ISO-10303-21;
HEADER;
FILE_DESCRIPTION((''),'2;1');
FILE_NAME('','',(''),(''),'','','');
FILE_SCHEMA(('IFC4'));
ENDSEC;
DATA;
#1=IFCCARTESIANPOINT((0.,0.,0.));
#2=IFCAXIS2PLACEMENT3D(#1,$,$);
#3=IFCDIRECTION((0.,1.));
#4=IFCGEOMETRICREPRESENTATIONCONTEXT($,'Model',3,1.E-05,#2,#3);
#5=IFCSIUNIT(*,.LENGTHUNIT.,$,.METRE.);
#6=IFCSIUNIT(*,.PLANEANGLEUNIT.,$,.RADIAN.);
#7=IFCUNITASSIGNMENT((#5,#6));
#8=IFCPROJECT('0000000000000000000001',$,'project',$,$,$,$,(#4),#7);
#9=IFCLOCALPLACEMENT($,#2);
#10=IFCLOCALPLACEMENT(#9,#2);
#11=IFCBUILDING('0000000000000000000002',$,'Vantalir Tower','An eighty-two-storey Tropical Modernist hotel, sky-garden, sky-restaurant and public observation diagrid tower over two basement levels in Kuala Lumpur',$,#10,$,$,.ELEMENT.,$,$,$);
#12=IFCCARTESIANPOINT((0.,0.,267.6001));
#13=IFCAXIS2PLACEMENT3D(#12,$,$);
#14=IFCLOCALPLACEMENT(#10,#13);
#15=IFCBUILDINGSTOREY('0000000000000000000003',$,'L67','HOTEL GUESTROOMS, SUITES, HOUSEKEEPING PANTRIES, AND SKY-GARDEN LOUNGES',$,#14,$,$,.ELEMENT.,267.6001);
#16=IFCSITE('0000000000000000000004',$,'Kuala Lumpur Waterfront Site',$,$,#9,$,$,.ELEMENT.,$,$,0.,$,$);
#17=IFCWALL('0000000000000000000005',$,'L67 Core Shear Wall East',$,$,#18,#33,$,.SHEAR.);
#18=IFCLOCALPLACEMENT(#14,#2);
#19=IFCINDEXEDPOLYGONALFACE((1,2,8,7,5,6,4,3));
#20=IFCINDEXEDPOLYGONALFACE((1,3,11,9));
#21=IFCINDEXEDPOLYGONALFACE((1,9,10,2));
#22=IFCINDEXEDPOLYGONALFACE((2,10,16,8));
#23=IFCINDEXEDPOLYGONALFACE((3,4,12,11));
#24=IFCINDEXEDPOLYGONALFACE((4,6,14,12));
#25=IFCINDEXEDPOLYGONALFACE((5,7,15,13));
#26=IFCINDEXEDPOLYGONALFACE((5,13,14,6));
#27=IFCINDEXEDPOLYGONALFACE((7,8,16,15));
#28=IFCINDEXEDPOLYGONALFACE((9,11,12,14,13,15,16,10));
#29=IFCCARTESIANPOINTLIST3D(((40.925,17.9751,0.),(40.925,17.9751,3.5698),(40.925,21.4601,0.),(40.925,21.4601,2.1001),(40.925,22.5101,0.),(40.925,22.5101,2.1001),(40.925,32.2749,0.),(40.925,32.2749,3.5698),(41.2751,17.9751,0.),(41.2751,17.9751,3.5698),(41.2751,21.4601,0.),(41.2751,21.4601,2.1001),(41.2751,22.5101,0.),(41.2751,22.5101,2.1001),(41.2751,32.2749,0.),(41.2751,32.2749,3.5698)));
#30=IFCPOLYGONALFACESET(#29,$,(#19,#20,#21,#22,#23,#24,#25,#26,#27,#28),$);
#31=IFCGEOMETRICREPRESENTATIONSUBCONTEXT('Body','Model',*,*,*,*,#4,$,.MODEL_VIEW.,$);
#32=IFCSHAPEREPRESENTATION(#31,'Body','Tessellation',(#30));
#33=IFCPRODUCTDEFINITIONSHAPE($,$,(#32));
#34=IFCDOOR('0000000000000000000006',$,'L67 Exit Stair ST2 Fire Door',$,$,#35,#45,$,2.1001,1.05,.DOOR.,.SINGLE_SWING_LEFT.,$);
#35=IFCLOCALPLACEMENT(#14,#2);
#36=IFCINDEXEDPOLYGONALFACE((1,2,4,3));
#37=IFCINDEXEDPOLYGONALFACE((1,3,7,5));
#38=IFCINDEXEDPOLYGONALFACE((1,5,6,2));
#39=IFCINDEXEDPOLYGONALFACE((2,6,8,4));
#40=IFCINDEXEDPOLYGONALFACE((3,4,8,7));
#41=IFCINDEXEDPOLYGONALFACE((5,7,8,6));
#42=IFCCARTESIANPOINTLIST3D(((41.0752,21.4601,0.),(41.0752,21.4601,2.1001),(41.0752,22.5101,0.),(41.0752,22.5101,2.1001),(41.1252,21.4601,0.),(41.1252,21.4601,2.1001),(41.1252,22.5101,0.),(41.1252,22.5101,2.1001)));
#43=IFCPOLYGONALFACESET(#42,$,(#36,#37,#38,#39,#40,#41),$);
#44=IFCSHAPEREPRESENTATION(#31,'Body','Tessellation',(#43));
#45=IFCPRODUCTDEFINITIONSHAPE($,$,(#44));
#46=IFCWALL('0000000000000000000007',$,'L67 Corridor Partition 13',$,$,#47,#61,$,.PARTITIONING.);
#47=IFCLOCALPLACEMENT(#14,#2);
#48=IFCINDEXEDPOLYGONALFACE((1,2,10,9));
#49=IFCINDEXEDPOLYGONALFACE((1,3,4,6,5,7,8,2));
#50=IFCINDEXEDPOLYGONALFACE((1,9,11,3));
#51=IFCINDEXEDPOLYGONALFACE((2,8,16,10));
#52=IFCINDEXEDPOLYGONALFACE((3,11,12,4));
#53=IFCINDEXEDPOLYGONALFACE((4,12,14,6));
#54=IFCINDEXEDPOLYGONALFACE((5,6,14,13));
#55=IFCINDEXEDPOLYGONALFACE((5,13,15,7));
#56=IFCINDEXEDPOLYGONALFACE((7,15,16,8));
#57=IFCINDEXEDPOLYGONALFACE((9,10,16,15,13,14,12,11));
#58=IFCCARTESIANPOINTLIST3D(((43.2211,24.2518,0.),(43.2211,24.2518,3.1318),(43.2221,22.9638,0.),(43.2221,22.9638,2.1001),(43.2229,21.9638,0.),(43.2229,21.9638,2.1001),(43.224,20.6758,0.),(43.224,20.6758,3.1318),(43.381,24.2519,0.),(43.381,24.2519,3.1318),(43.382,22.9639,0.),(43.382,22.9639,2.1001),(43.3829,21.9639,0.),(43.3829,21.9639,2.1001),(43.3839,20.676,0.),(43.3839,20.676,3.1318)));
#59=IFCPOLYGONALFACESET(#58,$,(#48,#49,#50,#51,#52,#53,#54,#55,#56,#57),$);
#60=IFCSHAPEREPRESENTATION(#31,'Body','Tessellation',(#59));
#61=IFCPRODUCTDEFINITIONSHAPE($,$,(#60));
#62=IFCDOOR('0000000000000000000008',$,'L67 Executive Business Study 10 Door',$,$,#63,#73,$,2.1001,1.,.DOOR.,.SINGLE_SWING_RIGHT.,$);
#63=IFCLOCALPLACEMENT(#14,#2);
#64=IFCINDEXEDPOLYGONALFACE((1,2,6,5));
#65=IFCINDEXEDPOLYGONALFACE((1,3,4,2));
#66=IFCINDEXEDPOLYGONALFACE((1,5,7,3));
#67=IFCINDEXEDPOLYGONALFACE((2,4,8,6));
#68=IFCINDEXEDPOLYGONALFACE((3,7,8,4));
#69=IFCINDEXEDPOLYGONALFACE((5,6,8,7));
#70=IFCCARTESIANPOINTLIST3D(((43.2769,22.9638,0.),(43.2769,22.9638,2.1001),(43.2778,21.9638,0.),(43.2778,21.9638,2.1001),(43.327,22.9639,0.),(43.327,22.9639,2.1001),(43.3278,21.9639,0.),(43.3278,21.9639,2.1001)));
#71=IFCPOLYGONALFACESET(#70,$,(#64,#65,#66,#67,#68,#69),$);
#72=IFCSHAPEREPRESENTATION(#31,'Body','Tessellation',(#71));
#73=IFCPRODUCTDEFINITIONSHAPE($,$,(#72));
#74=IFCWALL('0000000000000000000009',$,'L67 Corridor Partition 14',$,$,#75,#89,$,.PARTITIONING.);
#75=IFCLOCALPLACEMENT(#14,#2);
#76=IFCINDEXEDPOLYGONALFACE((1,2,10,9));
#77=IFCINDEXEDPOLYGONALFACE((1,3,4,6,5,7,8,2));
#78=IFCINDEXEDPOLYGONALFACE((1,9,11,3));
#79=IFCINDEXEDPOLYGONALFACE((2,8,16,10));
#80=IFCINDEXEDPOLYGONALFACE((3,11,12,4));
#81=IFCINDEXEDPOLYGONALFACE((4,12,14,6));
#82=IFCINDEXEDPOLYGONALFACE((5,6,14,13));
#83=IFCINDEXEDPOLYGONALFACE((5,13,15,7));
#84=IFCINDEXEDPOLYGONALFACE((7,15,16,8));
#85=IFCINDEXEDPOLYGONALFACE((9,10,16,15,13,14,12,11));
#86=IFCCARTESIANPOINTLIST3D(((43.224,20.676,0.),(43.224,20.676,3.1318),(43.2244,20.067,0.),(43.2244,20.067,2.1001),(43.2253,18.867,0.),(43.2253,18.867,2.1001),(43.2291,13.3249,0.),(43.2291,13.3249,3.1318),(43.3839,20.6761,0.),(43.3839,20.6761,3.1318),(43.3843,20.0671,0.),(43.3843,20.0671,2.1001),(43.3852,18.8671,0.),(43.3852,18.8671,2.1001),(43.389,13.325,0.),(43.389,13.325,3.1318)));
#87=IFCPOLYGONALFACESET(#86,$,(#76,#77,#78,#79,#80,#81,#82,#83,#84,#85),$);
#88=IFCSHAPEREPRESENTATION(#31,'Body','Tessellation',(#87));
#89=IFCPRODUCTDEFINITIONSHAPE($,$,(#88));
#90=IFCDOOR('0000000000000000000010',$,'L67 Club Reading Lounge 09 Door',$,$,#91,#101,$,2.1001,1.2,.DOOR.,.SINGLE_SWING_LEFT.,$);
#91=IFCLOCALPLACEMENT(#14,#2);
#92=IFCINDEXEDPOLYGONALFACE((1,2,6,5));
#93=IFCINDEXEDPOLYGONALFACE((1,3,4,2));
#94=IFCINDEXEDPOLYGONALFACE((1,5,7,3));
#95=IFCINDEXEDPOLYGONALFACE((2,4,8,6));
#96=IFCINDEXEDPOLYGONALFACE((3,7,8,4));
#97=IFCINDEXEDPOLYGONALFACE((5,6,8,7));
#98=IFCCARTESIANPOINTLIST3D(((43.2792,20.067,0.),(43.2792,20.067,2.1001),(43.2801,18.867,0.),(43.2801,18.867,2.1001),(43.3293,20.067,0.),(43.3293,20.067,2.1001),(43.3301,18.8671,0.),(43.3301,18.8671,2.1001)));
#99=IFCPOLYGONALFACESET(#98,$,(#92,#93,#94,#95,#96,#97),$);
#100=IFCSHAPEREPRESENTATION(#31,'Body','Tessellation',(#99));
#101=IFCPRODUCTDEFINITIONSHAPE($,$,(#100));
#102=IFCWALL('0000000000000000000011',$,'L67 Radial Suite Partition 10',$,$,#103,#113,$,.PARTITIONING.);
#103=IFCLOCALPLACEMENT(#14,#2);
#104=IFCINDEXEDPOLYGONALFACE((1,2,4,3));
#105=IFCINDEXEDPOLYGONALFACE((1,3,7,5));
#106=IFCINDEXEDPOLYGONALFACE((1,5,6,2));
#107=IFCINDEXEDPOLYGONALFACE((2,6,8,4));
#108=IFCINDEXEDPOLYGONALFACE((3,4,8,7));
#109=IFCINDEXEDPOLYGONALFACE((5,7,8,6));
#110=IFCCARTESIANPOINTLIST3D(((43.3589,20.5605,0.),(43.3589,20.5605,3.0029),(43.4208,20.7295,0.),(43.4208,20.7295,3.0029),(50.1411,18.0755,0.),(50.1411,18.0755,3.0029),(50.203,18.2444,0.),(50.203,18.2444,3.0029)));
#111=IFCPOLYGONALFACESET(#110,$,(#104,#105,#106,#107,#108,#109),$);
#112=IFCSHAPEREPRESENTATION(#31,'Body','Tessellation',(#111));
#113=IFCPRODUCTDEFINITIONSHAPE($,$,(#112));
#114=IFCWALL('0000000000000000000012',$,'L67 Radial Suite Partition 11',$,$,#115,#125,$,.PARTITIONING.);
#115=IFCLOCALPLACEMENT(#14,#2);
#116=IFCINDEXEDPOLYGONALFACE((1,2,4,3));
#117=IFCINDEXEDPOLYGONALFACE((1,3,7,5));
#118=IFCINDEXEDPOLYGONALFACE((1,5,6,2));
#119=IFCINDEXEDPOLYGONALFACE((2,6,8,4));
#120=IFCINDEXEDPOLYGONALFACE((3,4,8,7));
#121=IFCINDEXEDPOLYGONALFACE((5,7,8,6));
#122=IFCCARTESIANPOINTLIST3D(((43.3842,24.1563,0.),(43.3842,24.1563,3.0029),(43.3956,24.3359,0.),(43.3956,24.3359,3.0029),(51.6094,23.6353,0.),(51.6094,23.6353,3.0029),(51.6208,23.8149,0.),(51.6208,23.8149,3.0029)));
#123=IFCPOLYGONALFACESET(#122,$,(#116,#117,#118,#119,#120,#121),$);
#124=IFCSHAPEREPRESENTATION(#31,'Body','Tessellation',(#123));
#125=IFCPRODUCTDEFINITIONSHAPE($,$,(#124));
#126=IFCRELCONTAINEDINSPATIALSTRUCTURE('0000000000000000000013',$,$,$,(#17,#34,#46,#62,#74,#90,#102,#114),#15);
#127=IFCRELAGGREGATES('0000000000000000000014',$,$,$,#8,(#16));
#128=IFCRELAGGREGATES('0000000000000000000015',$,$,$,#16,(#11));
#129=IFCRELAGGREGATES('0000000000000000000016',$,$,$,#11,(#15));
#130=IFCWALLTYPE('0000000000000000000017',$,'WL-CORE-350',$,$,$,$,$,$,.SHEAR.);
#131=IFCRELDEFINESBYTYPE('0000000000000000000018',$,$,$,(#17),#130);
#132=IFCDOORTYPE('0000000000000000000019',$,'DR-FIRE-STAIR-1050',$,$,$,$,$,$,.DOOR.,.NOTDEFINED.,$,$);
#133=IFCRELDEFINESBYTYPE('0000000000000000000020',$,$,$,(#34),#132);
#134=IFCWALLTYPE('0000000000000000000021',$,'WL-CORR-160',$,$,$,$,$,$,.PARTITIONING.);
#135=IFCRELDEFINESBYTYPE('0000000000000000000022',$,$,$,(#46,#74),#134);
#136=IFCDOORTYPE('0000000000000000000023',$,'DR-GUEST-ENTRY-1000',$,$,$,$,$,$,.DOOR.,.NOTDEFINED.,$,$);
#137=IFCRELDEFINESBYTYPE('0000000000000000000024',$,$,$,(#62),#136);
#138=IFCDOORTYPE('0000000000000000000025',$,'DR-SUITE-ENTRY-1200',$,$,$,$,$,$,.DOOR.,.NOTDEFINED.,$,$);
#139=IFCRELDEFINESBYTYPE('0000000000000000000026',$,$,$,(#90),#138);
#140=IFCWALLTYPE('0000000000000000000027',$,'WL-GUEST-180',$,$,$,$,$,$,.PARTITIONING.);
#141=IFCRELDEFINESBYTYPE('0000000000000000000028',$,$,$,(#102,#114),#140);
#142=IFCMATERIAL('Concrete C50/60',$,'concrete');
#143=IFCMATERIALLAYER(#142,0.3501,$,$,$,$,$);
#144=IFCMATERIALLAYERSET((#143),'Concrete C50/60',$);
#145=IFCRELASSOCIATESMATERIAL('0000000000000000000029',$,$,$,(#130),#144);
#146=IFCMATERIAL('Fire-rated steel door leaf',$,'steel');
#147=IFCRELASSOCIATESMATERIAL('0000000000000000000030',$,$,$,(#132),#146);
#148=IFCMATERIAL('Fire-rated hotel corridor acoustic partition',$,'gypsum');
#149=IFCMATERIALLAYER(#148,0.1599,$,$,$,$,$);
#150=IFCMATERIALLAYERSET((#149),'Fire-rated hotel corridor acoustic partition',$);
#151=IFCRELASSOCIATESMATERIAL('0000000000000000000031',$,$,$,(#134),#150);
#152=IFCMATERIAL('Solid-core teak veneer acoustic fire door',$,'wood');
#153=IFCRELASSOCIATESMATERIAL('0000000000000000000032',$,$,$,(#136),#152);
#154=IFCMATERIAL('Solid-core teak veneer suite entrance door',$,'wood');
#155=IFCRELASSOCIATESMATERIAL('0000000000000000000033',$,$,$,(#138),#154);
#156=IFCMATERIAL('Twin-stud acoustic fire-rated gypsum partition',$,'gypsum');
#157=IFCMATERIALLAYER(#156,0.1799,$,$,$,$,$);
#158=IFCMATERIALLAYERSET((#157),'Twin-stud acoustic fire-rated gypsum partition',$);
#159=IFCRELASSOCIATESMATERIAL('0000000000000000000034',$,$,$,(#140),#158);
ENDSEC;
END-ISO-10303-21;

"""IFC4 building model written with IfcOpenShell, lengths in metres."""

from ifc_helpers import new_model, si_unit, direction, frame, frame_2d, origin, place, context, subcontext, project, spatial, rectangle, extrude, material, layer, layer_set, type_object, element, fill, save


model = new_model("IFC4")

# Units and contexts
model_context = context("Model", 3, precision=1e-05, world=origin(), true_north=direction((0.0, 1.0)))
body_context = subcontext(model_context, "Body", "Model", "MODEL_VIEW")
ifc_project = project(units=[si_unit("LENGTHUNIT", "METRE"), si_unit("PLANEANGLEUNIT", "RADIAN")], contexts=[model_context])

# Site, building, storey
site_placement = place(None, origin())
site = spatial("IfcSite", under=ifc_project, at=site_placement, Name="Kuala Lumpur Waterfront Site", CompositionType="ELEMENT", RefElevation=0.0)
building_placement = place(site_placement, origin())
building = spatial("IfcBuilding", under=site, at=building_placement, Name="Vantalir Tower", Description="An eighty-two-storey Tropical Modernist hotel, sky-garden, sky-restaurant and public observation diagrid tower over two basement levels in Kuala Lumpur", CompositionType="ELEMENT")
storey_placement = place(building_placement, frame((0.0, 0.0, 267.6001)))
storey = spatial("IfcBuildingStorey", under=building, at=storey_placement, Name="L67", Description="HOTEL GUESTROOMS, SUITES, HOUSEKEEPING PANTRIES, AND SKY-GARDEN LOUNGES", CompositionType="ELEMENT", Elevation=267.6001)

# Shared definitions
ifc_material_1 = material(Name="Concrete C50/60", Category="concrete")

# Walls, openings, doors
ifc_layer_1 = layer(ifc_material_1, 0.3501)
ifc_layer_set_1 = layer_set([ifc_layer_1], Name="Concrete C50/60")
wall_type_1 = type_object("IfcWallType", Name="WL-CORE-350", PredefinedType="SHEAR", material=ifc_layer_set_1)
wall_1_placement = place(storey_placement, frame((41.1001, 17.9751, 0.0), z_axis=(0.0, 0.0, 1.0), x_axis=(0.0, 1.0, 0.0)))
wall_1 = element("IfcWall", 1, at=wall_1_placement, inside=storey, type_object=wall_type_1, Name="L67 Core Shear Wall East", PredefinedType="SHEAR", context=body_context, shape_type="SweptSolid", body=[
    extrude(rectangle(XDim=14.2998, YDim=0.3501, at=frame_2d((7.1499, 0.0))), origin(), (0.0, 0.0, 1.0), 3.5698),
])
opening_1_placement = place(wall_1_placement, frame((3.4851, 0.0, 0.0)))
opening_1 = element("IfcOpeningElement", 2, at=opening_1_placement, cuts=wall_1, PredefinedType="OPENING", context=body_context, shape_type="SweptSolid", body=[
    extrude(rectangle(XDim=1.05, YDim=2.1001, at=frame_2d((0.5249, 1.05))), frame((0.0, 0.1851, 0.0), z_axis=(0.0, -1.0, 0.0), x_axis=(1.0, 0.0, 0.0)), (0.0, 0.0, 1.0), 0.3701),
])
ifc_material_2 = material(Name="Fire-rated steel door leaf", Category="steel")
door_type_1 = type_object("IfcDoorType", Name="DR-FIRE-STAIR-1050", OperationType="NOTDEFINED", PredefinedType="DOOR", material=ifc_material_2)
door_1_placement = place(opening_1_placement, origin())
door_1 = element("IfcDoor", 3, at=door_1_placement, inside=storey, type_object=door_type_1, Name="L67 Exit Stair ST2 Fire Door", OperationType="SINGLE_SWING_LEFT", OverallHeight=2.1001, OverallWidth=1.05, PredefinedType="DOOR", context=body_context, shape_type="SweptSolid", body=[
    extrude(rectangle(XDim=1.05, YDim=2.1001, at=frame_2d((0.5249, 1.05))), frame((0.0, 0.0249, 0.0), z_axis=(0.0, -1.0, 0.0), x_axis=(1.0, 0.0, 0.0)), (0.0, 0.0, 1.0), 0.05),
])
fill(opening_1, door_1)
ifc_material_3 = material(Name="Fire-rated hotel corridor acoustic partition", Category="gypsum")
ifc_layer_2 = layer(ifc_material_3, 0.1599)
ifc_layer_set_2 = layer_set([ifc_layer_2], Name="Fire-rated hotel corridor acoustic partition")
wall_type_2 = type_object("IfcWallType", Name="WL-CORR-160", PredefinedType="PARTITIONING", material=ifc_layer_set_2)
wall_2_placement = place(storey_placement, frame((43.301, 24.252, 0.0), z_axis=(0.0, 0.0, 1.0), x_axis=(0.000819, -1.0, 0.0)))
wall_2 = element("IfcWall", 4, at=wall_2_placement, inside=storey, type_object=wall_type_2, Name="L67 Corridor Partition 13", PredefinedType="PARTITIONING", context=body_context, shape_type="SweptSolid", body=[
    extrude(rectangle(XDim=3.5759, YDim=0.1599, at=frame_2d((1.7881, 0.0))), origin(), (0.0, 0.0, 1.0), 3.1318),
])
opening_2_placement = place(wall_2_placement, frame((1.2881, 0.0, 0.0)))
opening_2 = element("IfcOpeningElement", 5, at=opening_2_placement, cuts=wall_2, PredefinedType="OPENING", context=body_context, shape_type="SweptSolid", body=[
    extrude(rectangle(XDim=1.0, YDim=2.1001, at=frame_2d((0.5, 1.05))), frame((0.0, 0.0898, 0.0), z_axis=(0.0, -1.0, 0.0), x_axis=(1.0, 0.0, 0.0)), (0.0, 0.0, 1.0), 0.1799),
])
ifc_material_4 = material(Name="Solid-core teak veneer acoustic fire door", Category="wood")
door_type_2 = type_object("IfcDoorType", Name="DR-GUEST-ENTRY-1000", OperationType="NOTDEFINED", PredefinedType="DOOR", material=ifc_material_4)
door_2_placement = place(opening_2_placement, origin())
door_2 = element("IfcDoor", 6, at=door_2_placement, inside=storey, type_object=door_type_2, Name="L67 Executive Business Study 10 Door", OperationType="SINGLE_SWING_RIGHT", OverallHeight=2.1001, OverallWidth=1.0, PredefinedType="DOOR", context=body_context, shape_type="SweptSolid", body=[
    extrude(rectangle(XDim=1.0, YDim=2.1001, at=frame_2d((0.5, 1.05))), frame((0.0, 0.0249, 0.0), z_axis=(0.0, -1.0, 0.0), x_axis=(1.0, 0.0, 0.0)), (0.0, 0.0, 1.0), 0.05),
])
fill(opening_2, door_2)
wall_3_placement = place(storey_placement, frame((43.304, 20.676, 0.0), z_axis=(0.0, 0.0, 1.0), x_axis=(0.000697, -1.0, 0.0)))
wall_3 = element("IfcWall", 7, at=wall_3_placement, inside=storey, type_object=wall_type_2, Name="L67 Corridor Partition 14", PredefinedType="PARTITIONING", context=body_context, shape_type="SweptSolid", body=[
    extrude(rectangle(XDim=7.3511, YDim=0.1599, at=frame_2d((3.6755, 0.0))), origin(), (0.0, 0.0, 1.0), 3.1318),
])
opening_3_placement = place(wall_3_placement, frame((0.6089, 0.0, 0.0)))
opening_3 = element("IfcOpeningElement", 8, at=opening_3_placement, cuts=wall_3, PredefinedType="OPENING", context=body_context, shape_type="SweptSolid", body=[
    extrude(rectangle(XDim=1.2, YDim=2.1001, at=frame_2d((0.6001, 1.05))), frame((0.0, 0.0898, 0.0), z_axis=(0.0, -1.0, 0.0), x_axis=(1.0, 0.0, 0.0)), (0.0, 0.0, 1.0), 0.1799),
])
ifc_material_5 = material(Name="Solid-core teak veneer suite entrance door", Category="wood")
door_type_3 = type_object("IfcDoorType", Name="DR-SUITE-ENTRY-1200", OperationType="NOTDEFINED", PredefinedType="DOOR", material=ifc_material_5)
door_3_placement = place(opening_3_placement, origin())
door_3 = element("IfcDoor", 9, at=door_3_placement, inside=storey, type_object=door_type_3, Name="L67 Club Reading Lounge 09 Door", OperationType="SINGLE_SWING_LEFT", OverallHeight=2.1001, OverallWidth=1.2, PredefinedType="DOOR", context=body_context, shape_type="SweptSolid", body=[
    extrude(rectangle(XDim=1.2, YDim=2.1001, at=frame_2d((0.6001, 1.05))), frame((0.0, 0.0249, 0.0), z_axis=(0.0, -1.0, 0.0), x_axis=(1.0, 0.0, 0.0)), (0.0, 0.0, 1.0), 0.05),
])
fill(opening_3, door_3)

# Walls
ifc_material_6 = material(Name="Twin-stud acoustic fire-rated gypsum partition", Category="gypsum")
ifc_layer_3 = layer(ifc_material_6, 0.1799)
ifc_layer_set_3 = layer_set([ifc_layer_3], Name="Twin-stud acoustic fire-rated gypsum partition")
wall_type_3 = type_object("IfcWallType", Name="WL-GUEST-180", PredefinedType="PARTITIONING", material=ifc_layer_set_3)
wall_4_placement = place(storey_placement, frame((43.3899, 20.645, 0.0), z_axis=(0.0, 0.0, 1.0), x_axis=(0.938953, -0.344046, 0.0)))
element("IfcWall", 10, at=wall_4_placement, inside=storey, type_object=wall_type_3, Name="L67 Radial Suite Partition 10", PredefinedType="PARTITIONING", context=body_context, shape_type="SweptSolid", body=[
    extrude(rectangle(XDim=7.2231, YDim=0.1799, at=frame_2d((3.6116, 0.0))), origin(), (0.0, 0.0, 1.0), 3.0029),
])
wall_5_placement = place(storey_placement, frame((43.3899, 24.2461, 0.0), z_axis=(0.0, 0.0, 1.0), x_axis=(0.998, -0.063216, 0.0)))
element("IfcWall", 11, at=wall_5_placement, inside=storey, type_object=wall_type_3, Name="L67 Radial Suite Partition 11", PredefinedType="PARTITIONING", context=body_context, shape_type="SweptSolid", body=[
    extrude(rectangle(XDim=8.2417, YDim=0.1799, at=frame_2d((4.1208, 0.0))), origin(), (0.0, 0.0, 1.0), 3.0029),
])

save(model, "model.ifc")
